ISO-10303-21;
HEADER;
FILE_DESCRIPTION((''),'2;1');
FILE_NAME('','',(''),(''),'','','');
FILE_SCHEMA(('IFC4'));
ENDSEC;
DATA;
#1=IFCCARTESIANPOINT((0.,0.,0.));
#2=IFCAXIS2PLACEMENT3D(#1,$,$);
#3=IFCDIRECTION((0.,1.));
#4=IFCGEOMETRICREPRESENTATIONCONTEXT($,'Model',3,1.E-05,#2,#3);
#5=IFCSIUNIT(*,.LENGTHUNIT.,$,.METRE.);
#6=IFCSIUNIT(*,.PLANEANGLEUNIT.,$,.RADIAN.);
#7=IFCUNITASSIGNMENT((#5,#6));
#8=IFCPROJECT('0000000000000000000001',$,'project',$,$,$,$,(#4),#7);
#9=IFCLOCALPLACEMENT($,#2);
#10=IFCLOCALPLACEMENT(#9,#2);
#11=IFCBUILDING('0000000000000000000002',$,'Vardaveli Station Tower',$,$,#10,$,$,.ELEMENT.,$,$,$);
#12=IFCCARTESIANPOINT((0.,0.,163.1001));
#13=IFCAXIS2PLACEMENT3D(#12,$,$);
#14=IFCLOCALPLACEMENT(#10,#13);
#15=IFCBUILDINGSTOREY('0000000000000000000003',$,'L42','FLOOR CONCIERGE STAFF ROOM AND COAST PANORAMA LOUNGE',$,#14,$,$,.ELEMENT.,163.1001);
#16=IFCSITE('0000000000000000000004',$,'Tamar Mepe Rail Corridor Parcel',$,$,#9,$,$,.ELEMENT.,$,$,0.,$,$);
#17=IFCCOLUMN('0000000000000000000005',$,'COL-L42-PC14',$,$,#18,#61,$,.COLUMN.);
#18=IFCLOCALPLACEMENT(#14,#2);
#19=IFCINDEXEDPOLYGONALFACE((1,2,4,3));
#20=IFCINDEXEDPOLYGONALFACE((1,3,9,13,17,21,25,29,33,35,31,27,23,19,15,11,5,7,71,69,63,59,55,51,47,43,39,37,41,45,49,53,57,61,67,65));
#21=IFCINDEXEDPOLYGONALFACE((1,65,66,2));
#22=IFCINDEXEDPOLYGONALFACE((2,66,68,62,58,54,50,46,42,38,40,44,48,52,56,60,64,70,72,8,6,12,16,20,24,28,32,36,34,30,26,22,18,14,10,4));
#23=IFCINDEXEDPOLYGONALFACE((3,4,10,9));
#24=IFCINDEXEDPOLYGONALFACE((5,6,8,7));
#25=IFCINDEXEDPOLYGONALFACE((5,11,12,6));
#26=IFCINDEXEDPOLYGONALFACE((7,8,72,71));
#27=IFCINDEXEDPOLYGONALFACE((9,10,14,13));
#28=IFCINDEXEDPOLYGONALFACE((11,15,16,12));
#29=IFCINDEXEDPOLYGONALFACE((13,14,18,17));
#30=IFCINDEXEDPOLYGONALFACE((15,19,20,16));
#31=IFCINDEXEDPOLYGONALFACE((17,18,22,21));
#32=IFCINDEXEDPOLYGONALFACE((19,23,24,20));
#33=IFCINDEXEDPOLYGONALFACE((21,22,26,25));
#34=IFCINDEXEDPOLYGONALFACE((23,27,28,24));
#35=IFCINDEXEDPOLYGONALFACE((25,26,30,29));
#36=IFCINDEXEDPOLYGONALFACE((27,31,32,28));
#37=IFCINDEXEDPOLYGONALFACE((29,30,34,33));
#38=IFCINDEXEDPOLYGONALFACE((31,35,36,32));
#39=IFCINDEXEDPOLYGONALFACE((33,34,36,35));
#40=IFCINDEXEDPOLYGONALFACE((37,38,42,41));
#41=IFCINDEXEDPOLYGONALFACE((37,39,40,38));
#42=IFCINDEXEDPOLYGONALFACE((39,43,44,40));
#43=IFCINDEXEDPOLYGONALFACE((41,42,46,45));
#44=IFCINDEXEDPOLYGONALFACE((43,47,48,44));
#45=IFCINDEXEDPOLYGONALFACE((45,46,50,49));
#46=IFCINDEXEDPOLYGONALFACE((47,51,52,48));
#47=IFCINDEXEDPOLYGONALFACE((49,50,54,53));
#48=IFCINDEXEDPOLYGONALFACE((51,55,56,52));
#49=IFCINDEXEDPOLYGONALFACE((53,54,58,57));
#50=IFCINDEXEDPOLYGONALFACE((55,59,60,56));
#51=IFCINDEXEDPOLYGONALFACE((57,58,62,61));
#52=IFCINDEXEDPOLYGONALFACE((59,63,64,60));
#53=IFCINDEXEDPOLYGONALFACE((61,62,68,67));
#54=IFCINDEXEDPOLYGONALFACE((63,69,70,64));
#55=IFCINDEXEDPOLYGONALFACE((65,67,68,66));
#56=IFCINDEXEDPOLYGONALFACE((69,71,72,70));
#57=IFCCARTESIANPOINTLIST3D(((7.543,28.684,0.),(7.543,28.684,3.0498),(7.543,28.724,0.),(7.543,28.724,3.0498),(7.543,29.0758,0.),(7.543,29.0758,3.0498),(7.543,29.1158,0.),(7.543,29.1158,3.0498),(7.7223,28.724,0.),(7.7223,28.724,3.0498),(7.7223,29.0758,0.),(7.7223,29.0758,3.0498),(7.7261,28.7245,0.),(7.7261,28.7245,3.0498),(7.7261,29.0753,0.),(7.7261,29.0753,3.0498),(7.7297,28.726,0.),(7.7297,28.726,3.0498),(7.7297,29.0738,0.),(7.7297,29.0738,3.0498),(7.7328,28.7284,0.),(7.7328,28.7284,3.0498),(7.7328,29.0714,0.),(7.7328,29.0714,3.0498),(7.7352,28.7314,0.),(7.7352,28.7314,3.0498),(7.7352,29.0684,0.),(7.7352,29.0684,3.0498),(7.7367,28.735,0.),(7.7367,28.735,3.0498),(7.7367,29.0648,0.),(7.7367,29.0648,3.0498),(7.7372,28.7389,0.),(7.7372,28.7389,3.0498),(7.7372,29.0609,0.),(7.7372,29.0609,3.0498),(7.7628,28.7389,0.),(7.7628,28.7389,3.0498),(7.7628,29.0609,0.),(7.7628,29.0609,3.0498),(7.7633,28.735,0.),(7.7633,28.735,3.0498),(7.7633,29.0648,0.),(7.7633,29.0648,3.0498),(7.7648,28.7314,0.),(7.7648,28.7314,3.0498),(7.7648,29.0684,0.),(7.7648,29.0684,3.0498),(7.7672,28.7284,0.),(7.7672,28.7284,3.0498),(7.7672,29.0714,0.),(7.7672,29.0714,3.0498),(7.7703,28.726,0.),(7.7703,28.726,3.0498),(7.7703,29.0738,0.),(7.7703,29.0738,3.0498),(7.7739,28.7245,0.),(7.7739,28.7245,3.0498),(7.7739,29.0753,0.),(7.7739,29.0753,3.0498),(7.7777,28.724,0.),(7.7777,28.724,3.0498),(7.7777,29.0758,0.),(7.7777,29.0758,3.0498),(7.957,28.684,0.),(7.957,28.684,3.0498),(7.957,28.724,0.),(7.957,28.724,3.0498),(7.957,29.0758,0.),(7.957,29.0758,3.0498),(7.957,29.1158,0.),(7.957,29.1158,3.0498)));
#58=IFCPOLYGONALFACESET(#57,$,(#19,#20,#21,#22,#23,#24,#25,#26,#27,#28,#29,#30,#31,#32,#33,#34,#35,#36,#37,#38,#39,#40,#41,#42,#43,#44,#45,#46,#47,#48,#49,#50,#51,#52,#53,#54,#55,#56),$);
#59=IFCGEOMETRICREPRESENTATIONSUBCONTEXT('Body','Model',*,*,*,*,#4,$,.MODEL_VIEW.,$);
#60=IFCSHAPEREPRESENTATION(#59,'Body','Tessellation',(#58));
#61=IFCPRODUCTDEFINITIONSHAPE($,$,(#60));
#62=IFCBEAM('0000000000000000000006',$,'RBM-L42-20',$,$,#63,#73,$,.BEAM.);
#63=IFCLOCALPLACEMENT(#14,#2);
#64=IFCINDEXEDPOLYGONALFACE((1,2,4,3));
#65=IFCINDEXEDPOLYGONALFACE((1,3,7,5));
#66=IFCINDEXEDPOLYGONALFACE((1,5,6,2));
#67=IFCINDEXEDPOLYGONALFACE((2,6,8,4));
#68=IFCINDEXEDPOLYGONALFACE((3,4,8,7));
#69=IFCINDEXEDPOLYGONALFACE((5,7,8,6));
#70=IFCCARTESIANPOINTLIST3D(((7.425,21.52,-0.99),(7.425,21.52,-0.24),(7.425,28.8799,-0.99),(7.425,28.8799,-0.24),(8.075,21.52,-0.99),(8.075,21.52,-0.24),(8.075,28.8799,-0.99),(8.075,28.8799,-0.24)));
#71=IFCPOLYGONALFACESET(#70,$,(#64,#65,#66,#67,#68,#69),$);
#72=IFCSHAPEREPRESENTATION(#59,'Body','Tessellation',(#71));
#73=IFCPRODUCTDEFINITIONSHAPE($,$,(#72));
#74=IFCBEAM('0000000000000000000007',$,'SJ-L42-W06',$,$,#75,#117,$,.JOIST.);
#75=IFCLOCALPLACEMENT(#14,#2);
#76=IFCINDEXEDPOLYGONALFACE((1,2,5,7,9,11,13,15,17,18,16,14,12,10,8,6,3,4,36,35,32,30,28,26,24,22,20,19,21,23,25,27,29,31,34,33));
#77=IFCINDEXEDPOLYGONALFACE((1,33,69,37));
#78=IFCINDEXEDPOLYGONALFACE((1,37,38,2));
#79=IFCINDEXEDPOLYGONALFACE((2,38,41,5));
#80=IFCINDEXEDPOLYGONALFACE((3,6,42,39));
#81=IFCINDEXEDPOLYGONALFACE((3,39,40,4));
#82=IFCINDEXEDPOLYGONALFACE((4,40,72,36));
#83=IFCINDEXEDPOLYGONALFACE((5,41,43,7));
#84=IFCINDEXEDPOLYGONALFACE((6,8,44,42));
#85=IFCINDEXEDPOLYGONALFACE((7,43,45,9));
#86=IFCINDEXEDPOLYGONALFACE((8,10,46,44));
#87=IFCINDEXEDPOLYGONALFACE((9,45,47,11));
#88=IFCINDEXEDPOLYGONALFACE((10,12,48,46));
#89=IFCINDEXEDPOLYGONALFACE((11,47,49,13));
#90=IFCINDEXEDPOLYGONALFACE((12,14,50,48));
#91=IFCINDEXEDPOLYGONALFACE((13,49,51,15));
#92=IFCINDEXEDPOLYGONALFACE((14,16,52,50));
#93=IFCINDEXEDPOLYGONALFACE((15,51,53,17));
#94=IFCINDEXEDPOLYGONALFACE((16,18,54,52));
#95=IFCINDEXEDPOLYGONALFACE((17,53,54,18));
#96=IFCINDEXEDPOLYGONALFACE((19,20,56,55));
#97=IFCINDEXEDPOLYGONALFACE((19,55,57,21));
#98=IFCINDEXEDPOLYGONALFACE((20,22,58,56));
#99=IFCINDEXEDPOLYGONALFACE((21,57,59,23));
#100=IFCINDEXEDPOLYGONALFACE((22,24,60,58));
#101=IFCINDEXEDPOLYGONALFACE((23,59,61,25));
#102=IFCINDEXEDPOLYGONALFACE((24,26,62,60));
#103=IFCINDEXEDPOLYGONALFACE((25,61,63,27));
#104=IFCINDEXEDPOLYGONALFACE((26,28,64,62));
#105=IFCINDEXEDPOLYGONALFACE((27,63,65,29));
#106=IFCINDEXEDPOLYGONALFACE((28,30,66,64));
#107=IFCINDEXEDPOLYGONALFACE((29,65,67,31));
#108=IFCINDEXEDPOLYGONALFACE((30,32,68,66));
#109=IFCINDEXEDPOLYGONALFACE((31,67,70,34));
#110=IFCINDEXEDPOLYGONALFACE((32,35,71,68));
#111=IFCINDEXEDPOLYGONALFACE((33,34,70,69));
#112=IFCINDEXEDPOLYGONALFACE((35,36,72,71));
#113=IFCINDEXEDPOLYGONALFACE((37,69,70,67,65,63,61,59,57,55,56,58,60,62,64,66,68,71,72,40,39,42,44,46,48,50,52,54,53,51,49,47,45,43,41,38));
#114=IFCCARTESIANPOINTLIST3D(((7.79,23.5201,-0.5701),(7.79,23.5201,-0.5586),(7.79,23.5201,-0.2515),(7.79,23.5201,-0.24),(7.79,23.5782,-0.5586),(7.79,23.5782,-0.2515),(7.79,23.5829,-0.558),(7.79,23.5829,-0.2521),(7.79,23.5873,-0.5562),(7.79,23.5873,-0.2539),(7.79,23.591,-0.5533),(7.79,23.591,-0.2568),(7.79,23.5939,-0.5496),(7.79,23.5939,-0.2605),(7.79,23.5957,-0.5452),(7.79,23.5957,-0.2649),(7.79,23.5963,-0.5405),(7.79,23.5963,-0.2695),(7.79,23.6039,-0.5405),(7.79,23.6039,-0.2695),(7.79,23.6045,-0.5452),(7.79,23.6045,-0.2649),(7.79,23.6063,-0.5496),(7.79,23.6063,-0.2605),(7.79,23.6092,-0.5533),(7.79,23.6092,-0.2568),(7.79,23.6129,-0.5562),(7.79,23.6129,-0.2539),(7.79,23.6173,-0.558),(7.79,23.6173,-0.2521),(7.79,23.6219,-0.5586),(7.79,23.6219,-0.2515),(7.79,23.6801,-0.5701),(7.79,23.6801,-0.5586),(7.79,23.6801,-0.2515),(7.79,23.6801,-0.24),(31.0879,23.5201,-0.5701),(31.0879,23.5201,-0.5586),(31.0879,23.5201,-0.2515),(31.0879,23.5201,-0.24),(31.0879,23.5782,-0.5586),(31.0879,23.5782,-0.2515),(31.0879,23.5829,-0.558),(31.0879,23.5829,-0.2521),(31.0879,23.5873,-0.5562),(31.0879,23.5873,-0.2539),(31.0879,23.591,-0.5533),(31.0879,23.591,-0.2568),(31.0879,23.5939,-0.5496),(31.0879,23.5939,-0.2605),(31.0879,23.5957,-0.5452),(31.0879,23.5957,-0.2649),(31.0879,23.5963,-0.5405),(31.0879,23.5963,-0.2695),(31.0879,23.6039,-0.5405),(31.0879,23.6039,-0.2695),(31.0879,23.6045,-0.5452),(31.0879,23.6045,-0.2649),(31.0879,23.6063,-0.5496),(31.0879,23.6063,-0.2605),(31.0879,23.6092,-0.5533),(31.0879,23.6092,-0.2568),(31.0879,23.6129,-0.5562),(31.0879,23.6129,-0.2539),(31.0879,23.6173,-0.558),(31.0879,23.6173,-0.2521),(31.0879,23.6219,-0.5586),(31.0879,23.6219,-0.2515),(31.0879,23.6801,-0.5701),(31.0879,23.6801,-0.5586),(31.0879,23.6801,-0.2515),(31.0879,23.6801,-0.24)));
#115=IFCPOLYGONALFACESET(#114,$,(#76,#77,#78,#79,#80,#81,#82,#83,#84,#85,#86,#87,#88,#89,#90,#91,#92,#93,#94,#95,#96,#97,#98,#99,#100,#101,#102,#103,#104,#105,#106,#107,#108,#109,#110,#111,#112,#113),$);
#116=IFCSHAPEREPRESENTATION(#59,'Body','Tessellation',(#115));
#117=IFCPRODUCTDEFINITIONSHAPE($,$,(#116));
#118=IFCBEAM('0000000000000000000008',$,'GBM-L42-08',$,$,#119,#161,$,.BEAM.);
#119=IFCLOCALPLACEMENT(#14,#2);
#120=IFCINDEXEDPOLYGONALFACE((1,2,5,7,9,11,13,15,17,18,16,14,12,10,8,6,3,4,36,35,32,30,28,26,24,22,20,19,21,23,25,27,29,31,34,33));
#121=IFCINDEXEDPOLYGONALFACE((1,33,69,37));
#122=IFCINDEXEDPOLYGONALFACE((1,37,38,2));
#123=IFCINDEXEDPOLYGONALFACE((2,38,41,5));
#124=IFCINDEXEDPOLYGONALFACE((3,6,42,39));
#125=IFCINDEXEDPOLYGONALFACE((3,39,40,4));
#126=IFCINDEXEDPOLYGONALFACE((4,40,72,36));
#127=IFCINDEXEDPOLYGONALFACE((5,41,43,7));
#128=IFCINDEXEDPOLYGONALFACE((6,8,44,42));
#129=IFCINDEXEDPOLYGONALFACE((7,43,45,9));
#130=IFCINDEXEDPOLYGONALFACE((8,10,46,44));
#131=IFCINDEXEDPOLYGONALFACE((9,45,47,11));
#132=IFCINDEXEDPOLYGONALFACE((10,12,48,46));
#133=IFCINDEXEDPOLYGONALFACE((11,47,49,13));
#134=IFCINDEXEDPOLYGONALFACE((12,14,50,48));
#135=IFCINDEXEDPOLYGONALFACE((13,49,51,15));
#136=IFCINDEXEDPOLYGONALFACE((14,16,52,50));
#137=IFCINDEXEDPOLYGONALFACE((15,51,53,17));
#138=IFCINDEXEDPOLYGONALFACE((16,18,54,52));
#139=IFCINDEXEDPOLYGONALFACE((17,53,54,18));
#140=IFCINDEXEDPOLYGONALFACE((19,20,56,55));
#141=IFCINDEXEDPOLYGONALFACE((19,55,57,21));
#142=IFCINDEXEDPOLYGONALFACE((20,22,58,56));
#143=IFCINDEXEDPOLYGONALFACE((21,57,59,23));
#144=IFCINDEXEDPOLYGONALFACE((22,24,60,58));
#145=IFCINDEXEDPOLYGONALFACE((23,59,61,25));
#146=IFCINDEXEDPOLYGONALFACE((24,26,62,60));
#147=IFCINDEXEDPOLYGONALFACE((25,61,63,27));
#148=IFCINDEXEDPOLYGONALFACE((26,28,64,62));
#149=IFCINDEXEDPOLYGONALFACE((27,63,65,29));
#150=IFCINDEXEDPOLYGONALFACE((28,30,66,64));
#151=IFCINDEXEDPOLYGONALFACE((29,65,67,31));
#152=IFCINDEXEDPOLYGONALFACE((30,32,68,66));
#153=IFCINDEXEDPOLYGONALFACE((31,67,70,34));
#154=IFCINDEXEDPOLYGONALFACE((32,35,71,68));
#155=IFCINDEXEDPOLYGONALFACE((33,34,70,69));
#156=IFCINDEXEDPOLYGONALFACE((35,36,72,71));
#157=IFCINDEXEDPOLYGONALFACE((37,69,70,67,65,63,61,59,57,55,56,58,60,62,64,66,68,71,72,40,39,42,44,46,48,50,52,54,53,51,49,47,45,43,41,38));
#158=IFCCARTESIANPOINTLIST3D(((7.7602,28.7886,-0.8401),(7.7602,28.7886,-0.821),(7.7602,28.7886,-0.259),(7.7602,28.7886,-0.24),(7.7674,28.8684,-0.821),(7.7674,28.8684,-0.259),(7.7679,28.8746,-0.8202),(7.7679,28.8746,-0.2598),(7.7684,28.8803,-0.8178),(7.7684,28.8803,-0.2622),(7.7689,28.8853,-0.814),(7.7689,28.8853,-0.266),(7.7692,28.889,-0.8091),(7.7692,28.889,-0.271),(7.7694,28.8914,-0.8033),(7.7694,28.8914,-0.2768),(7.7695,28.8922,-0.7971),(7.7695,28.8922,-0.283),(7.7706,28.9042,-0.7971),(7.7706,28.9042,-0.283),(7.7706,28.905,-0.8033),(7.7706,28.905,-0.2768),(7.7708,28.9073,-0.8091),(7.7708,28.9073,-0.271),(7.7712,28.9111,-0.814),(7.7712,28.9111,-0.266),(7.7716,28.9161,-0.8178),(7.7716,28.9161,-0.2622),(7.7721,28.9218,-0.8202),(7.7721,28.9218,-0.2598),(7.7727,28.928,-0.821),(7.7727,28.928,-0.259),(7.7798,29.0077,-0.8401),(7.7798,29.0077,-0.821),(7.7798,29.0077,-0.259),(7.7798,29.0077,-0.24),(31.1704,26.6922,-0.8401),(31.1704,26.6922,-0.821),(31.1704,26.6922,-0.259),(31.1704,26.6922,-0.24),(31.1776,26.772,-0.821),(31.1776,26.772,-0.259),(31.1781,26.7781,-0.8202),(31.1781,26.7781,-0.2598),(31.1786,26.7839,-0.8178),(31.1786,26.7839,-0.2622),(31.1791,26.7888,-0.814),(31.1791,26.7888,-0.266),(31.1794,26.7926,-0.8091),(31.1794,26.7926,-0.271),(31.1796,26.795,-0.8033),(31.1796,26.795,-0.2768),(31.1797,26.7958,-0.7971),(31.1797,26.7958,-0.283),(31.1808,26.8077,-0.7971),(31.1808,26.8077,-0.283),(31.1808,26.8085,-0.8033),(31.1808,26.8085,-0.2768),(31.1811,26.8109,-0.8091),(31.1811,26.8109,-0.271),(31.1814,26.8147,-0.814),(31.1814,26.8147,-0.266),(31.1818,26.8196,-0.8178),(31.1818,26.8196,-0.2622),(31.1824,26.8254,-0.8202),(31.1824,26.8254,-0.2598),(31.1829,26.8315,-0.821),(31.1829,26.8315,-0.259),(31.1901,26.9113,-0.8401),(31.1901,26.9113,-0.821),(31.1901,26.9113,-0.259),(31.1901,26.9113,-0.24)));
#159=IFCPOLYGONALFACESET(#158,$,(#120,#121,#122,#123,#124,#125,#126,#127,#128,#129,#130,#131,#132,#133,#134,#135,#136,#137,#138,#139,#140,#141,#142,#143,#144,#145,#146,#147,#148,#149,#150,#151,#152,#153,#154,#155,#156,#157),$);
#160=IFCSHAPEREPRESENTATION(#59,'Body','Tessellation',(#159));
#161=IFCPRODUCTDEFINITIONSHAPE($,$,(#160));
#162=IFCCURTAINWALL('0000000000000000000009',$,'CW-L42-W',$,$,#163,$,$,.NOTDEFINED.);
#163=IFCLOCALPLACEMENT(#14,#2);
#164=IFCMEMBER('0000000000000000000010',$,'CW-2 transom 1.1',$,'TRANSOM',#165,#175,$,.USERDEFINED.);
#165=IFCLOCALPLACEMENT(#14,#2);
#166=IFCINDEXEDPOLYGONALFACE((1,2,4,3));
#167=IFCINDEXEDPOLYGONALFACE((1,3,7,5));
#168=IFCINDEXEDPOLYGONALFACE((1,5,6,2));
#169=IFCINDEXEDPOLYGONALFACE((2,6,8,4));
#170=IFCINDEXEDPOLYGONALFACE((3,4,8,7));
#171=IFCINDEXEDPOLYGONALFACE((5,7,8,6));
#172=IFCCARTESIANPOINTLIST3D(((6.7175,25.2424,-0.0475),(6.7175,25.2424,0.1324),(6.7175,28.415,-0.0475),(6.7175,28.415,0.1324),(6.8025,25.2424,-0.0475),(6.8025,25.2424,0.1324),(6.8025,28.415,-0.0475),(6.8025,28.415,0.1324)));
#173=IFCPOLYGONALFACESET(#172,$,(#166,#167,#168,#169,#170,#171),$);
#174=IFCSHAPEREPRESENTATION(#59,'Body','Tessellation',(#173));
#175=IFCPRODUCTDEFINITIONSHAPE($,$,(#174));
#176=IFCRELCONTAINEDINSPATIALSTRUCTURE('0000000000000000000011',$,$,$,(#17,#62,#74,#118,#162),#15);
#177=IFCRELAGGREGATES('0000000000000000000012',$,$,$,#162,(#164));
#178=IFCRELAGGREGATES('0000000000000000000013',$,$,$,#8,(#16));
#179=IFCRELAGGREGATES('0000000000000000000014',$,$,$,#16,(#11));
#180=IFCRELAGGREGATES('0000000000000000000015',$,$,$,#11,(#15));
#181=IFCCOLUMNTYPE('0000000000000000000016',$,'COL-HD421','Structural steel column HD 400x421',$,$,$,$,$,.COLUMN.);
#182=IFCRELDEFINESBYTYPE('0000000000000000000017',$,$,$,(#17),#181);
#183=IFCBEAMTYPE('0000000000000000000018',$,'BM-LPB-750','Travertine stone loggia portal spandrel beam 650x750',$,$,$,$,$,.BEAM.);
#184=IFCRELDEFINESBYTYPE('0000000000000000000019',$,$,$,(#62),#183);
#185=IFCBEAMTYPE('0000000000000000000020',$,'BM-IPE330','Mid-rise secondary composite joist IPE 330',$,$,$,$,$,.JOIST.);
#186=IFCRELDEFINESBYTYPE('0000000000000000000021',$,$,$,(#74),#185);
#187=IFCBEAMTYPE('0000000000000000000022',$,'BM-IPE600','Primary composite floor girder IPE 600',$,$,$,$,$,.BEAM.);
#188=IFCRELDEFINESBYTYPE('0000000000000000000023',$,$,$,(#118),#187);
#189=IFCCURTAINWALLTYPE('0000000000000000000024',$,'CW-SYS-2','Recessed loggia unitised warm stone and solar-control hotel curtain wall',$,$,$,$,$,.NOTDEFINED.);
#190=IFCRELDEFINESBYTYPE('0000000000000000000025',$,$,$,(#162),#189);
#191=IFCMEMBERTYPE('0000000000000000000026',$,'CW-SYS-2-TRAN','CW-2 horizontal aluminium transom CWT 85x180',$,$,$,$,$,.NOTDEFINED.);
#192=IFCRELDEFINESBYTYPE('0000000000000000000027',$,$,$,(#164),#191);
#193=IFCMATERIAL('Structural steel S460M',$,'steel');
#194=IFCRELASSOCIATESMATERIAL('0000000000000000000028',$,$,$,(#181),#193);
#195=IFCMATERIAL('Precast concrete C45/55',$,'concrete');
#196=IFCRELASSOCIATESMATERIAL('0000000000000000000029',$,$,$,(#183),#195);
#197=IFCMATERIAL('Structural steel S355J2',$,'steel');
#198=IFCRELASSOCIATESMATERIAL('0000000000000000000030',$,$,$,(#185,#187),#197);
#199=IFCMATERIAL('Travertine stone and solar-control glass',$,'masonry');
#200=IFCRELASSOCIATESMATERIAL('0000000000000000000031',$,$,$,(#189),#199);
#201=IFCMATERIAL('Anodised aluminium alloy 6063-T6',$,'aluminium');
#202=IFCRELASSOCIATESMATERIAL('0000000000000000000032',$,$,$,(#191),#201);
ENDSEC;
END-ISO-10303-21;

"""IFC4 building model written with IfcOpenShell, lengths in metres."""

from ifc_helpers import new_model, si_unit, direction, frame, origin, origin_2d, place, context, subcontext, project, spatial, rectangle, i_section, extrude, source, transform, mapped, material, material_profile, profile_set, type_object, element, aggregate, save


model = new_model("IFC4")

# Units and contexts
model_context = context("Model", 3, precision=1e-05, world=origin(), true_north=direction((0.0, 1.0)))
body_context = subcontext(model_context, "Body", "Model", "MODEL_VIEW")
ifc_project = project(units=[si_unit("LENGTHUNIT", "METRE"), si_unit("PLANEANGLEUNIT", "RADIAN")], contexts=[model_context])

# Site, building, storey
site_placement = place(None, origin())
site = spatial("IfcSite", under=ifc_project, at=site_placement, Name="Tamar Mepe Rail Corridor Parcel", CompositionType="ELEMENT", RefElevation=0.0)
building_placement = place(site_placement, origin())
building = spatial("IfcBuilding", under=site, at=building_placement, Name="Vardaveli Station Tower", CompositionType="ELEMENT")
storey_placement = place(building_placement, frame((0.0, 0.0, 163.1001)))
storey = spatial("IfcBuildingStorey", under=building, at=storey_placement, Name="L42", Description="FLOOR CONCIERGE STAFF ROOM AND COAST PANORAMA LOUNGE", CompositionType="ELEMENT", Elevation=163.1001)

# Column
ifc_material_1 = material(Name="Structural steel S460M", Category="steel")
ifc_material_profile_1 = material_profile(ifc_material_1, i_section(OverallWidth=0.4141, OverallDepth=0.4319, WebThickness=0.0256, FlangeThickness=0.04, FilletRadius=0.0149, at=origin_2d()), Name="HD 400x421")
ifc_profile_set_1 = profile_set([ifc_material_profile_1], Name="Structural steel S460M")
column_type = type_object("IfcColumnType", Name="COL-HD421", Description="Structural steel column HD 400x421", PredefinedType="COLUMN", material=ifc_profile_set_1)
shared_shape_1 = source(origin(), body_context, "Body", "SweptSolid", [
    extrude(i_section(OverallWidth=0.4141, OverallDepth=0.4319, WebThickness=0.0256, FlangeThickness=0.04, FilletRadius=0.0149, at=origin_2d()), origin(), (0.0, 0.0, 1.0), 3.0498),
])
column_placement = place(storey_placement, frame((7.75, 28.8999, 0.0), z_axis=(0.0, 0.0, 1.0), x_axis=(1.0, 0.0, 0.0)))
element("IfcColumn", 1, at=column_placement, inside=storey, type_object=column_type, Name="COL-L42-PC14", PredefinedType="COLUMN", context=body_context, shape_type="MappedRepresentation", body=[
    mapped(shared_shape_1, transform((0.0, 0.0, 0.0), scale=1.0)),
])

# Beams
ifc_material_2 = material(Name="Precast concrete C45/55", Category="concrete")
ifc_material_profile_2 = material_profile(ifc_material_2, rectangle(XDim=0.6499, YDim=0.75, at=origin_2d()), Name="LPB 650x750")
ifc_profile_set_2 = profile_set([ifc_material_profile_2], Name="Precast concrete C45/55")
beam_type_1 = type_object("IfcBeamType", Name="BM-LPB-750", Description="Travertine stone loggia portal spandrel beam 650x750", PredefinedType="BEAM", material=ifc_profile_set_2)
shared_shape_2 = source(origin(), body_context, "Body", "SweptSolid", [
    extrude(rectangle(XDim=0.6499, YDim=0.75, at=origin_2d()), origin(), (0.0, 0.0, 1.0), 7.3599),
])
beam_1_placement = place(storey_placement, frame((7.75, 28.8799, -0.615), z_axis=(0.0, -1.0, 0.0), x_axis=(1.0, 0.0, 0.0)))
element("IfcBeam", 2, at=beam_1_placement, inside=storey, type_object=beam_type_1, Name="RBM-L42-20", PredefinedType="BEAM", context=body_context, shape_type="MappedRepresentation", body=[
    mapped(shared_shape_2, transform((0.0, 0.0, 0.0), scale=1.0)),
])
ifc_material_3 = material(Name="Structural steel S355J2", Category="steel")
ifc_material_profile_3 = material_profile(ifc_material_3, i_section(OverallWidth=0.1599, OverallDepth=0.3301, WebThickness=0.0076, FlangeThickness=0.0115, FilletRadius=0.0181, at=origin_2d()), Name="IPE 330")
ifc_profile_set_3 = profile_set([ifc_material_profile_3], Name="Structural steel S355J2")
beam_type_2 = type_object("IfcBeamType", Name="BM-IPE330", Description="Mid-rise secondary composite joist IPE 330", PredefinedType="JOIST", material=ifc_profile_set_3)
shared_shape_3 = source(origin(), body_context, "Body", "SweptSolid", [
    extrude(i_section(OverallWidth=0.1599, OverallDepth=0.3301, WebThickness=0.0076, FlangeThickness=0.0115, FilletRadius=0.0181, at=origin_2d()), origin(), (0.0, 0.0, 1.0), 23.2979),
])
beam_2_placement = place(storey_placement, frame((7.79, 23.6001, -0.405), z_axis=(1.0, 0.0, 0.0), x_axis=(0.0, 1.0, 0.0)))
element("IfcBeam", 3, at=beam_2_placement, inside=storey, type_object=beam_type_2, Name="SJ-L42-W06", PredefinedType="JOIST", context=body_context, shape_type="MappedRepresentation", body=[
    mapped(shared_shape_3, transform((0.0, 0.0, 0.0), scale=1.0)),
])
ifc_material_profile_4 = material_profile(ifc_material_3, i_section(OverallWidth=0.22, OverallDepth=0.6001, WebThickness=0.012, FlangeThickness=0.019, FilletRadius=0.0239, at=origin_2d()), Name="IPE 600")
ifc_profile_set_4 = profile_set([ifc_material_profile_4], Name="Structural steel S355J2")
beam_type_3 = type_object("IfcBeamType", Name="BM-IPE600", Description="Primary composite floor girder IPE 600", PredefinedType="BEAM", material=ifc_profile_set_4)
shared_shape_4 = source(origin(), body_context, "Body", "SweptSolid", [
    extrude(i_section(OverallWidth=0.22, OverallDepth=0.6001, WebThickness=0.012, FlangeThickness=0.019, FilletRadius=0.0239, at=origin_2d()), origin(), (0.0, 0.0, 1.0), 23.5039),
])
beam_3_placement = place(storey_placement, frame((7.77, 28.8982, -0.54), z_axis=(0.996014, -0.089195, 0.0), x_axis=(0.089195, 0.996014, 0.0)))
element("IfcBeam", 4, at=beam_3_placement, inside=storey, type_object=beam_type_3, Name="GBM-L42-08", PredefinedType="BEAM", context=body_context, shape_type="MappedRepresentation", body=[
    mapped(shared_shape_4, transform((0.0, 0.0, 0.0), scale=1.0)),
])

# Curtain wall, member
ifc_material_4 = material(Name="Travertine stone and solar-control glass", Category="masonry")
curtain_wall_type = type_object("IfcCurtainWallType", Name="CW-SYS-2", Description="Recessed loggia unitised warm stone and solar-control hotel curtain wall", PredefinedType="NOTDEFINED", material=ifc_material_4)
curtain_wall_placement = place(storey_placement, origin())
curtain_wall = element("IfcCurtainWall", 5, at=curtain_wall_placement, inside=storey, type_object=curtain_wall_type, Name="CW-L42-W", PredefinedType="NOTDEFINED")
ifc_material_5 = material(Name="Anodised aluminium alloy 6063-T6", Category="aluminium")
ifc_material_profile_5 = material_profile(ifc_material_5, rectangle(XDim=0.085, YDim=0.1799, at=origin_2d()), Name="CWT 85x180")
ifc_profile_set_5 = profile_set([ifc_material_profile_5], Name="Anodised aluminium alloy 6063-T6")
member_type_1 = type_object("IfcMemberType", Name="CW-SYS-2-TRAN", Description="CW-2 horizontal aluminium transom CWT 85x180", PredefinedType="NOTDEFINED", material=ifc_profile_set_5)
shared_shape_5 = source(origin(), body_context, "Body", "SweptSolid", [
    extrude(rectangle(XDim=0.085, YDim=0.1799, at=origin_2d()), origin(), (0.0, 0.0, 1.0), 3.1726),
])
member_1_placement = place(storey_placement, frame((6.76, 28.415, 0.0425), z_axis=(0.0, -1.0, 0.0), x_axis=(1.0, 0.0, 0.0)))
member_1 = element("IfcMember", 6, at=member_1_placement, type_object=member_type_1, Name="CW-2 transom 1.1", ObjectType="TRANSOM", PredefinedType="USERDEFINED", context=body_context, shape_type="MappedRepresentation", body=[
    mapped(shared_shape_5, transform((0.0, 0.0, 0.0), scale=1.0)),
])
aggregate(curtain_wall, [member_1])

save(model, "model.ifc")
